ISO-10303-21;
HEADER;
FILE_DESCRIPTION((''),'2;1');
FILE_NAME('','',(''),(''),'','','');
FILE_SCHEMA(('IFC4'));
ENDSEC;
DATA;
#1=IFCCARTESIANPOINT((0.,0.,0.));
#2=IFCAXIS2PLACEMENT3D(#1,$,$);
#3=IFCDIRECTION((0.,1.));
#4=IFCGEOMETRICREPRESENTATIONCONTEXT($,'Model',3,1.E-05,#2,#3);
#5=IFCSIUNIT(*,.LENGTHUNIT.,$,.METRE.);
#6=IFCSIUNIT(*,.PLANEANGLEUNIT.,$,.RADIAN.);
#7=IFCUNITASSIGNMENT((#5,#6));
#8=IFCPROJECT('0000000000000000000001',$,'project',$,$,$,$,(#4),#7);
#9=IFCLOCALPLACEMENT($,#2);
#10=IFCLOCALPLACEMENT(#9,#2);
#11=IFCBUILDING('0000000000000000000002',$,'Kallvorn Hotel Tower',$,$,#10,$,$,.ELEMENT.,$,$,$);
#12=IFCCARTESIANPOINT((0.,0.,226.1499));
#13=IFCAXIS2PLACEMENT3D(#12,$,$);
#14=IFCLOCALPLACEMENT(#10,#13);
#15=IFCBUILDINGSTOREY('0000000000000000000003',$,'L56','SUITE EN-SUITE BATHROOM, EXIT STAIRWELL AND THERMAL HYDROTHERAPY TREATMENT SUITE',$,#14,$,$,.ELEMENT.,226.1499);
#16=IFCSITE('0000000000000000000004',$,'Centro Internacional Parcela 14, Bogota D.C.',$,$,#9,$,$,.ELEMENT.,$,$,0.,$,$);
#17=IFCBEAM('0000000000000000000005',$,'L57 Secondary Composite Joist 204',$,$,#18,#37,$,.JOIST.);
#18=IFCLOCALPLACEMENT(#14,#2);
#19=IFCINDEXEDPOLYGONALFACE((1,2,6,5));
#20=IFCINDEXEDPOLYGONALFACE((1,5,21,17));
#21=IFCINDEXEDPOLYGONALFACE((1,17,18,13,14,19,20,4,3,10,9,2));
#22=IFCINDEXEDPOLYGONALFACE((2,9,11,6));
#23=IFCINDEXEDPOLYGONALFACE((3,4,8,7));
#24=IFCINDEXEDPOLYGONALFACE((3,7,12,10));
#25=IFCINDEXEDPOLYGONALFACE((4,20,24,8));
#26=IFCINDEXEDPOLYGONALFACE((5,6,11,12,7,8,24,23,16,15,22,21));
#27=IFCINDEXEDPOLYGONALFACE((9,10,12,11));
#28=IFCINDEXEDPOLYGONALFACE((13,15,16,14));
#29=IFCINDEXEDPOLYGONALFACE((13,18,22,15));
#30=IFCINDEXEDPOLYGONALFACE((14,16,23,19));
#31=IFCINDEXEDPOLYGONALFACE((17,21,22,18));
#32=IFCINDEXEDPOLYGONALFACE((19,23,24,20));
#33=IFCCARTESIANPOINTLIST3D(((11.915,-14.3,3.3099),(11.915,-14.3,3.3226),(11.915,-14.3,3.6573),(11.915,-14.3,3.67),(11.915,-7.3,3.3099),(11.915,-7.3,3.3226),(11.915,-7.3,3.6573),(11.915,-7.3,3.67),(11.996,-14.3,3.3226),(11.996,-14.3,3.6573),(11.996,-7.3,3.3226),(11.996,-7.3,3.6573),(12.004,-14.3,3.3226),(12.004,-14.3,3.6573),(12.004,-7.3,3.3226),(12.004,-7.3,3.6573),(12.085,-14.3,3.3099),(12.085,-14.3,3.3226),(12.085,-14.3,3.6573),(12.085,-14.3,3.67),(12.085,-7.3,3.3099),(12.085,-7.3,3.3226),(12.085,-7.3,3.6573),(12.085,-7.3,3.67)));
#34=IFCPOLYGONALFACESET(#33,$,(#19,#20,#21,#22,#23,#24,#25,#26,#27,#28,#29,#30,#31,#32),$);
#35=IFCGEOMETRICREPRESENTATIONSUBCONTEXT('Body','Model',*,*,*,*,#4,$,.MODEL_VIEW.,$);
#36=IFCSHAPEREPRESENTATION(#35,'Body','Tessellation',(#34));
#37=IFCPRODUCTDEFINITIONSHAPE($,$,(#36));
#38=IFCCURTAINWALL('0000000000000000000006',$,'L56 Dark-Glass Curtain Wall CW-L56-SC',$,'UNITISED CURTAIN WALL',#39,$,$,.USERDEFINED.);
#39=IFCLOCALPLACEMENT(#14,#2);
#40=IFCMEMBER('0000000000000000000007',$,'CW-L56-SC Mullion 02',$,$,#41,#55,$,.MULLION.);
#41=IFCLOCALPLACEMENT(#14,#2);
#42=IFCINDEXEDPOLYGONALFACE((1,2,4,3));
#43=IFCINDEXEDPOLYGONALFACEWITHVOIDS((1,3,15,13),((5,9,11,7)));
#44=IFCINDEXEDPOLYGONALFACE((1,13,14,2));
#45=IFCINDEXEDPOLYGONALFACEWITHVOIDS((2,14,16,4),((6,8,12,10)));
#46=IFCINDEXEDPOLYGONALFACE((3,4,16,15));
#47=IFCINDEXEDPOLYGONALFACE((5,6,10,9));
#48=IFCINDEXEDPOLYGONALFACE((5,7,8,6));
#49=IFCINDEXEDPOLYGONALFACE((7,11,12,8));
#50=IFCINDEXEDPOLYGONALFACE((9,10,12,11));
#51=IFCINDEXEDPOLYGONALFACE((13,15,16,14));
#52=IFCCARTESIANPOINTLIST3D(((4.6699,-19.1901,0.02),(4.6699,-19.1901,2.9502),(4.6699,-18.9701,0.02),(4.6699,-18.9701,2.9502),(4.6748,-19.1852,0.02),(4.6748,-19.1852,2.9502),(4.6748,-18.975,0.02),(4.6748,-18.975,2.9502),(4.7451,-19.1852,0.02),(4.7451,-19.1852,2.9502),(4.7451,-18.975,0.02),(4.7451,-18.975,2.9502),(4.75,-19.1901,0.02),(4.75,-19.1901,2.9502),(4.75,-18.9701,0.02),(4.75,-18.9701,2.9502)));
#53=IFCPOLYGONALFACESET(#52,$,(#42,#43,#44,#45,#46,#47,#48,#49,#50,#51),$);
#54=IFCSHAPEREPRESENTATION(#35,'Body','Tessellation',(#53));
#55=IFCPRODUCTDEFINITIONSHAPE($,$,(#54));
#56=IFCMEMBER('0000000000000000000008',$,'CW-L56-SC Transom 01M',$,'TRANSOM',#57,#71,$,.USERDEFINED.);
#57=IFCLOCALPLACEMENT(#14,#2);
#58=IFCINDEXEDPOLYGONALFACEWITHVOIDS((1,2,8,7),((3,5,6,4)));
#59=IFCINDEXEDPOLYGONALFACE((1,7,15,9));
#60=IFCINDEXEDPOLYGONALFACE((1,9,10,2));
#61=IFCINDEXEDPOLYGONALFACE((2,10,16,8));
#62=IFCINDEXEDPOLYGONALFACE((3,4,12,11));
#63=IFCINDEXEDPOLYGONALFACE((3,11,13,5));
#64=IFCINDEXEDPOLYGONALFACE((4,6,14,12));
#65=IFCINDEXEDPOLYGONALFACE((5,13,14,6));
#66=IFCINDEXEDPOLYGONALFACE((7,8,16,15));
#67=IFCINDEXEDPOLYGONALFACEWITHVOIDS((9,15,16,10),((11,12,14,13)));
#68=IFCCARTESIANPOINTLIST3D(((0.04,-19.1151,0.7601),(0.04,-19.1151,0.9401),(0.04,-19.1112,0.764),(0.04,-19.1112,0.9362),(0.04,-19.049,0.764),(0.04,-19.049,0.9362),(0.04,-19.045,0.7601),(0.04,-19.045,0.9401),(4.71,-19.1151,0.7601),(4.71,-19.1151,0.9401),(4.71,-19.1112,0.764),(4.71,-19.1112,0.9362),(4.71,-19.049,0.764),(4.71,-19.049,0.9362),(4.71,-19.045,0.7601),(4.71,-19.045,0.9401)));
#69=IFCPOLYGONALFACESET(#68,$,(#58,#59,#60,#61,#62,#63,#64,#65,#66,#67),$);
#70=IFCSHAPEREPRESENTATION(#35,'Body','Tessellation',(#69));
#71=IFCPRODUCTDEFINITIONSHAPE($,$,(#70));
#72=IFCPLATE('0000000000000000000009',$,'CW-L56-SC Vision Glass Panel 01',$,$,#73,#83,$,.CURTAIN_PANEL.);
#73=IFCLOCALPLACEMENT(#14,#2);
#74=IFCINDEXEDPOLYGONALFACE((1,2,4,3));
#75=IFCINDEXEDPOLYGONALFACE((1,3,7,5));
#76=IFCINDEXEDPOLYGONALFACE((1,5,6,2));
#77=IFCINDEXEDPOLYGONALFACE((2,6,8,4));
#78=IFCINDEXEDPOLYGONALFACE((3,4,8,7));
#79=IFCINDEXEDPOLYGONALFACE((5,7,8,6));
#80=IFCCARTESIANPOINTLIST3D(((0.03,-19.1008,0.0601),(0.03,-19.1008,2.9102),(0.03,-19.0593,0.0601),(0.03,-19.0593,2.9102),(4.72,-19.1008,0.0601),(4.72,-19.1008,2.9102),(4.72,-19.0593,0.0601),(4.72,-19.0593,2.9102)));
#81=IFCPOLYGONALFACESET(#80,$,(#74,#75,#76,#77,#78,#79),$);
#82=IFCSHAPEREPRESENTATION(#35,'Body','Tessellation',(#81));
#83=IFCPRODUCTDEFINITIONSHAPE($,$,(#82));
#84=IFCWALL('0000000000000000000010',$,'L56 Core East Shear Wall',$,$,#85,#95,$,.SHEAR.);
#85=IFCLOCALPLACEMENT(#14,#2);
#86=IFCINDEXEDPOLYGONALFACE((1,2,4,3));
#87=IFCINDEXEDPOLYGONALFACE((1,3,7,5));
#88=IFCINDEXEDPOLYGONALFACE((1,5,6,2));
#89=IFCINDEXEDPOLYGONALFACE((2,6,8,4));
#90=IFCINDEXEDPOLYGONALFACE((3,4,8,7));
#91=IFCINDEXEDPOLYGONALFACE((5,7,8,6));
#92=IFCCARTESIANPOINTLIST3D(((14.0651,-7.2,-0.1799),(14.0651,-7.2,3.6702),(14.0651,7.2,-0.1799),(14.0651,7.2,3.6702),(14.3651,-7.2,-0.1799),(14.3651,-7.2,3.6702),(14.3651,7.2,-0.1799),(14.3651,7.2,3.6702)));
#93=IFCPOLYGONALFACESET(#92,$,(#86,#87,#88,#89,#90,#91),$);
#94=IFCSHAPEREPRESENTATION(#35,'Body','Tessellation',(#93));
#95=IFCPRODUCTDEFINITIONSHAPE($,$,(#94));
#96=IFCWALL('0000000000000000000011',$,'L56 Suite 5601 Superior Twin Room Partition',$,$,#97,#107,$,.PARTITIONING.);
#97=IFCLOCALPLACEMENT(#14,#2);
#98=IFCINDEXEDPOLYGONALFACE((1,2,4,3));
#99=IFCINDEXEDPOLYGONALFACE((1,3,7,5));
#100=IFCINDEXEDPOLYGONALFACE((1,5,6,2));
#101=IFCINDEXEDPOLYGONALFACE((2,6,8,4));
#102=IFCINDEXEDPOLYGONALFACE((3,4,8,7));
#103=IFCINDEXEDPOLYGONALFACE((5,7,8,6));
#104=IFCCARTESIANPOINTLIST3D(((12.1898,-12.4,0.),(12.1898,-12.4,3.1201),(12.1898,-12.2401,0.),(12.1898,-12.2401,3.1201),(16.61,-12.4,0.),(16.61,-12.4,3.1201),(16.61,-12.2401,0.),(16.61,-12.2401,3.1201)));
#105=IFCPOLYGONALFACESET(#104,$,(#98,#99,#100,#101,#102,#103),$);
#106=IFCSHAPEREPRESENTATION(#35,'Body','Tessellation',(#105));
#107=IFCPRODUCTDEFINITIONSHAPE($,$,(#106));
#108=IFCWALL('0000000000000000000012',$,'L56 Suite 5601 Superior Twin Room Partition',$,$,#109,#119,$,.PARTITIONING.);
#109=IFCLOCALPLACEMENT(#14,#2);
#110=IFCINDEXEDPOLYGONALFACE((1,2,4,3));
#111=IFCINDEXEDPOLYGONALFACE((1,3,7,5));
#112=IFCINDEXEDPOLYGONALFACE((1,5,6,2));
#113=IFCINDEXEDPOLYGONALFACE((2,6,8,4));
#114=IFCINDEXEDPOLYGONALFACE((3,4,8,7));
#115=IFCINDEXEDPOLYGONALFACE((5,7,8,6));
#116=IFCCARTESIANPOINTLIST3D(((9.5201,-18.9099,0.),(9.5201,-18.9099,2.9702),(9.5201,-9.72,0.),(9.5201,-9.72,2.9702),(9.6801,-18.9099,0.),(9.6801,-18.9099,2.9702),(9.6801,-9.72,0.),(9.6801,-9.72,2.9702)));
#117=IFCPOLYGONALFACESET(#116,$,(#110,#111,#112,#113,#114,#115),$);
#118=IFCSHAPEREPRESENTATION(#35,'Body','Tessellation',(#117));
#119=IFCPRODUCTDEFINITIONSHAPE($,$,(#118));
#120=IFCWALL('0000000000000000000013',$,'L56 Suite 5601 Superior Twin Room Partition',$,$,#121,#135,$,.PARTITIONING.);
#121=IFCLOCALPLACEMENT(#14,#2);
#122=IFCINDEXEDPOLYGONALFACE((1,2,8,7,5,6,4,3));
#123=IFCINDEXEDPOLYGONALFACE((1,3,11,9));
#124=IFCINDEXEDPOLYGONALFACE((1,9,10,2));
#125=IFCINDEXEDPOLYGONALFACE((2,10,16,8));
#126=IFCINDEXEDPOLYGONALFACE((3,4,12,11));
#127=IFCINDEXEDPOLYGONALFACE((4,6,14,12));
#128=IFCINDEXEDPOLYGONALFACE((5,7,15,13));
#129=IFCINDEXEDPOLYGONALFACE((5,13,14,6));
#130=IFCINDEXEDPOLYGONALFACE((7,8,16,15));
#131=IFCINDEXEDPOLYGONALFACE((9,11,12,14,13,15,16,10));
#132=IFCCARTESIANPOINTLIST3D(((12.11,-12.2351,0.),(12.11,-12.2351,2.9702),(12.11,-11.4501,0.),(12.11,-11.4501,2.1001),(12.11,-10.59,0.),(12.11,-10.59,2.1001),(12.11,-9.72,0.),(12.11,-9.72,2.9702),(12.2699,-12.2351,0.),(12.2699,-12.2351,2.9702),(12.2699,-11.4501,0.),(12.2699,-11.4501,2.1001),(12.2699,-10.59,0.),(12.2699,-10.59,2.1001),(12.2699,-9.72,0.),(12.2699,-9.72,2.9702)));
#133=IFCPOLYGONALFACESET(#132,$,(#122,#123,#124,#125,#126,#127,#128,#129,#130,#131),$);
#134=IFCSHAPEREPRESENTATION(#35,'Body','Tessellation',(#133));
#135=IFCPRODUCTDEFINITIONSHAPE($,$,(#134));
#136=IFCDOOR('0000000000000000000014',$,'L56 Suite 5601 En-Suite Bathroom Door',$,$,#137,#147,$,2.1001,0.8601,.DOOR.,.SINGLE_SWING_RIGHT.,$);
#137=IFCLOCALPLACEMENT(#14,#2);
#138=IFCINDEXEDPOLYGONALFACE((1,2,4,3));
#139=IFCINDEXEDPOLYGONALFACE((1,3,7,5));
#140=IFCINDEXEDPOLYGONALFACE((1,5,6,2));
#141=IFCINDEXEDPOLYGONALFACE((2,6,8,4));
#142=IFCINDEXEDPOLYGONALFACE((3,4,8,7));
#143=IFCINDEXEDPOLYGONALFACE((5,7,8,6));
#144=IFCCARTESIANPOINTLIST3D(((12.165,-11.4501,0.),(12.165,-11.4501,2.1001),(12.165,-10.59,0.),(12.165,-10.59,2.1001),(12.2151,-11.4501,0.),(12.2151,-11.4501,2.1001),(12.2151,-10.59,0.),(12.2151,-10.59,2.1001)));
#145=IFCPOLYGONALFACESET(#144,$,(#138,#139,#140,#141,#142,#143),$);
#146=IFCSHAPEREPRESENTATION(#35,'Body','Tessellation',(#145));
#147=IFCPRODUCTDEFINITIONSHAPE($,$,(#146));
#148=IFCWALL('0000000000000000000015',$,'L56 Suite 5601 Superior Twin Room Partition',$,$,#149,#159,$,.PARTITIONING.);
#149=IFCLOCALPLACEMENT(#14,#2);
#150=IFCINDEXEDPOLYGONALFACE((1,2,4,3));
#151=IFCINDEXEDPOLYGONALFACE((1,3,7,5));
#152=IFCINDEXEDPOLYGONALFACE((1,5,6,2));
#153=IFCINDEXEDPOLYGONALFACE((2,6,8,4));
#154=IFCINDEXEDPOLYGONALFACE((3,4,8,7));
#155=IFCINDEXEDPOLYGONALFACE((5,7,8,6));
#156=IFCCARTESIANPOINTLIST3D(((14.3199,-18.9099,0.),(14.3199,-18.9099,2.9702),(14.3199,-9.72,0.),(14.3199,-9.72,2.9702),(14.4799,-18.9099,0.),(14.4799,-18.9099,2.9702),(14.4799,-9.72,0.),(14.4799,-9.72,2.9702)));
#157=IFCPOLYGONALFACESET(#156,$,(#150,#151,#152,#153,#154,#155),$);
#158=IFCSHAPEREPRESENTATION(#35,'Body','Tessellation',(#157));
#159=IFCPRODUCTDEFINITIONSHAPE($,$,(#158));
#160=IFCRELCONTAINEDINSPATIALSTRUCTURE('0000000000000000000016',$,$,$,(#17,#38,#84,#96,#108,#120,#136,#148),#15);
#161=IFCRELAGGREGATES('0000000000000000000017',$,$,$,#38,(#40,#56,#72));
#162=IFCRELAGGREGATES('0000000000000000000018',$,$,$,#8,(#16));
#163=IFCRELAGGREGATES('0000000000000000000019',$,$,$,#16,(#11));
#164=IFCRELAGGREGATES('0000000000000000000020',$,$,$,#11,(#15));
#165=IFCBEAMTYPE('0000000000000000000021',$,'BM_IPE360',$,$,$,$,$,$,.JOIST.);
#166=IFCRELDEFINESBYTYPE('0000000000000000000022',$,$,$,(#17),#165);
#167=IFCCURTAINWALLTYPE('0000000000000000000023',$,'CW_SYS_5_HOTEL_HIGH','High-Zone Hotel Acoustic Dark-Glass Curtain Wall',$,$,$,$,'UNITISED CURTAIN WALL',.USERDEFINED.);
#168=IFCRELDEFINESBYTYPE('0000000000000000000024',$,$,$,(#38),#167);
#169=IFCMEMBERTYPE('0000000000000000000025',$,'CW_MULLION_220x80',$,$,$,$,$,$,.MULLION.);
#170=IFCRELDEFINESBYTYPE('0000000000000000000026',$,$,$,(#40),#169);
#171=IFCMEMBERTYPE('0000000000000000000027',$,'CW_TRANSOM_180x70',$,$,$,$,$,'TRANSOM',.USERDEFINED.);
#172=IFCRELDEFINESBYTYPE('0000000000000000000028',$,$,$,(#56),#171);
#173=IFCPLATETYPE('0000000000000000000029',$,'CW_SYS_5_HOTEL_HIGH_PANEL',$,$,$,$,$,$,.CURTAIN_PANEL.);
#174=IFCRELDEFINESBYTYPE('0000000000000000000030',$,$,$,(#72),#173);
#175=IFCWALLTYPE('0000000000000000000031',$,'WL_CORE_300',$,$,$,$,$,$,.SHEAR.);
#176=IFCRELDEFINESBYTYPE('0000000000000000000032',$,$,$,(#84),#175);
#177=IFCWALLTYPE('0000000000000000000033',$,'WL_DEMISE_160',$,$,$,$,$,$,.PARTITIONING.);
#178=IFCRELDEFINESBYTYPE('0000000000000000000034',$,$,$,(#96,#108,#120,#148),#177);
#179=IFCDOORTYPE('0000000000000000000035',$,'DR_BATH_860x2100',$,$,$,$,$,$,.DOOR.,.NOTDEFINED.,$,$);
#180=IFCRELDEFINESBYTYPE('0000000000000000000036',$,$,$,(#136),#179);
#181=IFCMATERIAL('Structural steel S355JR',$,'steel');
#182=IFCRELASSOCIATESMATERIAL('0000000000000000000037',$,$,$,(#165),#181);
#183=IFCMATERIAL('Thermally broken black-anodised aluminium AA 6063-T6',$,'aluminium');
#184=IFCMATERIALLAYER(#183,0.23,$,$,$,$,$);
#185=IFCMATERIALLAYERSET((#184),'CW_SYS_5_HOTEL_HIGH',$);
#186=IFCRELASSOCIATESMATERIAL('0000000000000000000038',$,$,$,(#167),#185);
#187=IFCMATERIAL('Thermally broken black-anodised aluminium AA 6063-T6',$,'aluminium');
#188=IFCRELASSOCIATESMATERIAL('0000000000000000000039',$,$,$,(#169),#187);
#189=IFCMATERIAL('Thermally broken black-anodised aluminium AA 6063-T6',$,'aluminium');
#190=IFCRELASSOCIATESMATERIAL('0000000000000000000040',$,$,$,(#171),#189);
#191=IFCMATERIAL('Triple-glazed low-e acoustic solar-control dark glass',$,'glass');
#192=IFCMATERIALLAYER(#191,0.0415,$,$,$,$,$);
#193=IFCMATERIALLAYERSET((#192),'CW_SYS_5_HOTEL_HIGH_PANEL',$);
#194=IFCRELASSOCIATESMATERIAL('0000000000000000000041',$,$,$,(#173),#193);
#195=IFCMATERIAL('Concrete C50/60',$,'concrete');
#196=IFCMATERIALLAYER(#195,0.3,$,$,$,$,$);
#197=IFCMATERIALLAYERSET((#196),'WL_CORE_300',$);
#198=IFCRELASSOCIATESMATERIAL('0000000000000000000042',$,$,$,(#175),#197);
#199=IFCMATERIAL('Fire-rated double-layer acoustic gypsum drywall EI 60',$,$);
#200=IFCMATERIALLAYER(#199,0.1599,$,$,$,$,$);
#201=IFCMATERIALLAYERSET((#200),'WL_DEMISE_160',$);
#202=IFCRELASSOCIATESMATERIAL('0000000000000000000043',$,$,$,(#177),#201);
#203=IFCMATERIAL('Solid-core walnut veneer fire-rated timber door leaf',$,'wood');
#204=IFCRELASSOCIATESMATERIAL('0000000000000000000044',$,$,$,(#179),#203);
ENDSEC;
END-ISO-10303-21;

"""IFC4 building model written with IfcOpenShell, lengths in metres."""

from ifc_helpers import new_model, si_unit, direction, frame, frame_2d, origin, origin_2d, place, context, subcontext, project, spatial, rectangle, hollow_rectangle, i_section, extrude, material, layer, layer_set, material_profile, profile_set, type_object, element, fill, aggregate, save


model = new_model("IFC4")

# Units and contexts
model_context = context("Model", 3, precision=1e-05, world=origin(), true_north=direction((0.0, 1.0)))
body_context = subcontext(model_context, "Body", "Model", "MODEL_VIEW")
ifc_project = project(units=[si_unit("LENGTHUNIT", "METRE"), si_unit("PLANEANGLEUNIT", "RADIAN")], contexts=[model_context])

# Site, building, storey
site_placement = place(None, origin())
site = spatial("IfcSite", under=ifc_project, at=site_placement, Name="Centro Internacional Parcela 14, Bogota D.C.", CompositionType="ELEMENT", RefElevation=0.0)
building_placement = place(site_placement, origin())
building = spatial("IfcBuilding", under=site, at=building_placement, Name="Kallvorn Hotel Tower", CompositionType="ELEMENT")
storey_placement = place(building_placement, frame((0.0, 0.0, 226.1499)))
storey = spatial("IfcBuildingStorey", under=building, at=storey_placement, Name="L56", Description="SUITE EN-SUITE BATHROOM, EXIT STAIRWELL AND THERMAL HYDROTHERAPY TREATMENT SUITE", CompositionType="ELEMENT", Elevation=226.1499)

# Beam
ifc_material_1 = material(Name="Structural steel S355JR", Category="steel")
ifc_material_profile_1 = material_profile(ifc_material_1, i_section(OverallWidth=0.1699, OverallDepth=0.3601, WebThickness=0.0081, FlangeThickness=0.0127, at=origin_2d()), Name="IPE 360")
ifc_profile_set_1 = profile_set([ifc_material_profile_1], Name="Structural steel S355JR")
beam_type_1 = type_object("IfcBeamType", Name="BM_IPE360", PredefinedType="JOIST", material=ifc_profile_set_1)
for number, where, z_axis, x_axis, name in (
    (1, (12.0, -14.3, 3.49), (0.0, 1.0, 0.0), (-1.0, 0.0, 0.0), "L57 Secondary Composite Joist 204"),
):
    element("IfcBeam", number, at=place(storey_placement, frame(where, z_axis=z_axis, x_axis=x_axis)), inside=storey, type_object=beam_type_1, Name=name, PredefinedType="JOIST", context=body_context, shape_type="SweptSolid", body=[
        extrude(i_section(OverallWidth=0.1699, OverallDepth=0.3601, WebThickness=0.0081, FlangeThickness=0.0127, at=origin_2d()), origin(), (0.0, 0.0, 1.0), 7.0),
    ])

# Curtain wall, members, plate
ifc_material_2 = material(Name="Thermally broken black-anodised aluminium AA 6063-T6", Category="aluminium")
ifc_layer_1 = layer(ifc_material_2, 0.23)
ifc_layer_set_1 = layer_set([ifc_layer_1], Name="CW_SYS_5_HOTEL_HIGH")
curtain_wall_type = type_object("IfcCurtainWallType", Name="CW_SYS_5_HOTEL_HIGH", Description="High-Zone Hotel Acoustic Dark-Glass Curtain Wall", ElementType="UNITISED CURTAIN WALL", PredefinedType="USERDEFINED", material=ifc_layer_set_1)
curtain_wall_placement = place(storey_placement, origin())
curtain_wall = element("IfcCurtainWall", 2, at=curtain_wall_placement, inside=storey, type_object=curtain_wall_type, Name="L56 Dark-Glass Curtain Wall CW-L56-SC", ObjectType="UNITISED CURTAIN WALL", PredefinedType="USERDEFINED")
ifc_material_3 = material(Name="Thermally broken black-anodised aluminium AA 6063-T6", Category="aluminium")
ifc_material_profile_2 = material_profile(ifc_material_3, hollow_rectangle(XDim=0.0801, YDim=0.22, WallThickness=0.0049, at=origin_2d()), Name="MUL 220x80")
ifc_profile_set_2 = profile_set([ifc_material_profile_2], Name="Thermally broken black-anodised aluminium AA 6063-T6")
member_type_1 = type_object("IfcMemberType", Name="CW_MULLION_220x80", PredefinedType="MULLION", material=ifc_profile_set_2)
member_1_placement = place(storey_placement, frame((4.71, -19.0801, 0.02), z_axis=(0.0, 0.0, 1.0), x_axis=(1.0, 0.0, 0.0)))
member_1 = element("IfcMember", 3, at=member_1_placement, type_object=member_type_1, Name="CW-L56-SC Mullion 02", PredefinedType="MULLION", context=body_context, shape_type="SweptSolid", body=[
    extrude(hollow_rectangle(XDim=0.0801, YDim=0.22, WallThickness=0.0049, at=origin_2d()), origin(), (0.0, 0.0, 1.0), 2.9302),
])
ifc_material_4 = material(Name="Thermally broken black-anodised aluminium AA 6063-T6", Category="aluminium")
ifc_material_profile_3 = material_profile(ifc_material_4, hollow_rectangle(XDim=0.0701, YDim=0.1799, WallThickness=0.0039, at=origin_2d()), Name="TRN 180x70")
ifc_profile_set_3 = profile_set([ifc_material_profile_3], Name="Thermally broken black-anodised aluminium AA 6063-T6")
member_type_2 = type_object("IfcMemberType", Name="CW_TRANSOM_180x70", ElementType="TRANSOM", PredefinedType="USERDEFINED", material=ifc_profile_set_3)
member_2_placement = place(storey_placement, frame((0.04, -19.0801, 0.8501), z_axis=(1.0, 0.0, 0.0), x_axis=(0.0, 1.0, 0.0)))
member_2 = element("IfcMember", 4, at=member_2_placement, type_object=member_type_2, Name="CW-L56-SC Transom 01M", ObjectType="TRANSOM", PredefinedType="USERDEFINED", context=body_context, shape_type="SweptSolid", body=[
    extrude(hollow_rectangle(XDim=0.0701, YDim=0.1799, WallThickness=0.0039, at=origin_2d()), origin(), (0.0, 0.0, 1.0), 4.6699),
])
ifc_material_5 = material(Name="Triple-glazed low-e acoustic solar-control dark glass", Category="glass")
ifc_layer_2 = layer(ifc_material_5, 0.0415)
ifc_layer_set_2 = layer_set([ifc_layer_2], Name="CW_SYS_5_HOTEL_HIGH_PANEL")
plate_type = type_object("IfcPlateType", Name="CW_SYS_5_HOTEL_HIGH_PANEL", PredefinedType="CURTAIN_PANEL", material=ifc_layer_set_2)
plate_placement = place(storey_placement, frame((2.375, -19.0801, 0.0601), z_axis=(0.0, 0.0, 1.0), x_axis=(1.0, 0.0, 0.0)))
plate = element("IfcPlate", 5, at=plate_placement, type_object=plate_type, Name="CW-L56-SC Vision Glass Panel 01", PredefinedType="CURTAIN_PANEL", context=body_context, shape_type="SweptSolid", body=[
    extrude(rectangle(XDim=4.6899, YDim=0.0415, at=origin_2d()), origin(), (0.0, 0.0, 1.0), 2.8501),
])
aggregate(curtain_wall, [member_1, member_2, plate])

# Walls
ifc_material_6 = material(Name="Concrete C50/60", Category="concrete")
ifc_layer_3 = layer(ifc_material_6, 0.3)
ifc_layer_set_3 = layer_set([ifc_layer_3], Name="WL_CORE_300")
wall_type_1 = type_object("IfcWallType", Name="WL_CORE_300", PredefinedType="SHEAR", material=ifc_layer_set_3)
wall_1_placement = place(storey_placement, frame((14.2151, -7.2, -0.1799), z_axis=(0.0, 0.0, 1.0), x_axis=(0.0, 1.0, 0.0)))
element("IfcWall", 6, at=wall_1_placement, inside=storey, type_object=wall_type_1, Name="L56 Core East Shear Wall", PredefinedType="SHEAR", context=body_context, shape_type="SweptSolid", body=[
    extrude(rectangle(XDim=14.3999, YDim=0.3, at=frame_2d((7.2, 0.0))), origin(), (0.0, 0.0, 1.0), 3.8501),
])
ifc_material_7 = material(Name="Fire-rated double-layer acoustic gypsum drywall EI 60")
ifc_layer_4 = layer(ifc_material_7, 0.1599)
ifc_layer_set_4 = layer_set([ifc_layer_4], Name="WL_DEMISE_160")
wall_type_2 = type_object("IfcWallType", Name="WL_DEMISE_160", PredefinedType="PARTITIONING", material=ifc_layer_set_4)
wall_2_placement = place(storey_placement, frame((12.1899, -12.3201, 0.0), z_axis=(0.0, 0.0, 1.0), x_axis=(1.0, 0.0, 0.0)))
element("IfcWall", 7, at=wall_2_placement, inside=storey, type_object=wall_type_2, Name="L56 Suite 5601 Superior Twin Room Partition", PredefinedType="PARTITIONING", context=body_context, shape_type="SweptSolid", body=[
    extrude(rectangle(XDim=4.4202, YDim=0.1599, at=frame_2d((2.21, 0.0))), origin(), (0.0, 0.0, 1.0), 3.1201),
])
wall_3_placement = place(storey_placement, frame((9.6001, -18.9099, 0.0), z_axis=(0.0, 0.0, 1.0), x_axis=(0.0, 1.0, 0.0)))
element("IfcWall", 8, at=wall_3_placement, inside=storey, type_object=wall_type_2, Name="L56 Suite 5601 Superior Twin Room Partition", PredefinedType="PARTITIONING", context=body_context, shape_type="SweptSolid", body=[
    extrude(rectangle(XDim=9.1899, YDim=0.1599, at=frame_2d((4.595, 0.0))), origin(), (0.0, 0.0, 1.0), 2.9702),
])

# Wall, opening, door
wall_4_placement = place(storey_placement, frame((12.1899, -12.2351, 0.0), z_axis=(0.0, 0.0, 1.0), x_axis=(0.0, 1.0, 0.0)))
wall_4 = element("IfcWall", 9, at=wall_4_placement, inside=storey, type_object=wall_type_2, Name="L56 Suite 5601 Superior Twin Room Partition", PredefinedType="PARTITIONING", context=body_context, shape_type="SweptSolid", body=[
    extrude(rectangle(XDim=2.5151, YDim=0.1599, at=frame_2d((1.2576, 0.0))), origin(), (0.0, 0.0, 1.0), 2.9702),
])
opening_1_placement = place(wall_4_placement, frame((0.7849, 0.0, 0.0)))
opening_1 = element("IfcOpeningElement", 10, at=opening_1_placement, cuts=wall_4, PredefinedType="OPENING", context=body_context, shape_type="SweptSolid", body=[
    extrude(rectangle(XDim=0.8601, YDim=2.1001, at=frame_2d((0.4302, 1.05))), frame((0.0, 0.095, 0.0), z_axis=(0.0, -1.0, 0.0), x_axis=(1.0, 0.0, 0.0)), (0.0, 0.0, 1.0), 0.1899),
])
ifc_material_8 = material(Name="Solid-core walnut veneer fire-rated timber door leaf", Category="wood")
door_type = type_object("IfcDoorType", Name="DR_BATH_860x2100", OperationType="NOTDEFINED", PredefinedType="DOOR", material=ifc_material_8)
door_placement = place(opening_1_placement, origin())
door = element("IfcDoor", 11, at=door_placement, inside=storey, type_object=door_type, Name="L56 Suite 5601 En-Suite Bathroom Door", OperationType="SINGLE_SWING_RIGHT", OverallHeight=2.1001, OverallWidth=0.8601, PredefinedType="DOOR", context=body_context, shape_type="SweptSolid", body=[
    extrude(rectangle(XDim=0.8601, YDim=2.1001, at=frame_2d((0.4302, 1.05))), frame((0.0, 0.0249, 0.0), z_axis=(0.0, -1.0, 0.0), x_axis=(1.0, 0.0, 0.0)), (0.0, 0.0, 1.0), 0.05),
])
fill(opening_1, door)

# Wall
wall_5_placement = place(storey_placement, frame((14.3999, -18.9099, 0.0), z_axis=(0.0, 0.0, 1.0), x_axis=(0.0, 1.0, 0.0)))
element("IfcWall", 12, at=wall_5_placement, inside=storey, type_object=wall_type_2, Name="L56 Suite 5601 Superior Twin Room Partition", PredefinedType="PARTITIONING", context=body_context, shape_type="SweptSolid", body=[
    extrude(rectangle(XDim=9.1899, YDim=0.1599, at=frame_2d((4.595, 0.0))), origin(), (0.0, 0.0, 1.0), 2.9702),
])

save(model, "model.ifc")
